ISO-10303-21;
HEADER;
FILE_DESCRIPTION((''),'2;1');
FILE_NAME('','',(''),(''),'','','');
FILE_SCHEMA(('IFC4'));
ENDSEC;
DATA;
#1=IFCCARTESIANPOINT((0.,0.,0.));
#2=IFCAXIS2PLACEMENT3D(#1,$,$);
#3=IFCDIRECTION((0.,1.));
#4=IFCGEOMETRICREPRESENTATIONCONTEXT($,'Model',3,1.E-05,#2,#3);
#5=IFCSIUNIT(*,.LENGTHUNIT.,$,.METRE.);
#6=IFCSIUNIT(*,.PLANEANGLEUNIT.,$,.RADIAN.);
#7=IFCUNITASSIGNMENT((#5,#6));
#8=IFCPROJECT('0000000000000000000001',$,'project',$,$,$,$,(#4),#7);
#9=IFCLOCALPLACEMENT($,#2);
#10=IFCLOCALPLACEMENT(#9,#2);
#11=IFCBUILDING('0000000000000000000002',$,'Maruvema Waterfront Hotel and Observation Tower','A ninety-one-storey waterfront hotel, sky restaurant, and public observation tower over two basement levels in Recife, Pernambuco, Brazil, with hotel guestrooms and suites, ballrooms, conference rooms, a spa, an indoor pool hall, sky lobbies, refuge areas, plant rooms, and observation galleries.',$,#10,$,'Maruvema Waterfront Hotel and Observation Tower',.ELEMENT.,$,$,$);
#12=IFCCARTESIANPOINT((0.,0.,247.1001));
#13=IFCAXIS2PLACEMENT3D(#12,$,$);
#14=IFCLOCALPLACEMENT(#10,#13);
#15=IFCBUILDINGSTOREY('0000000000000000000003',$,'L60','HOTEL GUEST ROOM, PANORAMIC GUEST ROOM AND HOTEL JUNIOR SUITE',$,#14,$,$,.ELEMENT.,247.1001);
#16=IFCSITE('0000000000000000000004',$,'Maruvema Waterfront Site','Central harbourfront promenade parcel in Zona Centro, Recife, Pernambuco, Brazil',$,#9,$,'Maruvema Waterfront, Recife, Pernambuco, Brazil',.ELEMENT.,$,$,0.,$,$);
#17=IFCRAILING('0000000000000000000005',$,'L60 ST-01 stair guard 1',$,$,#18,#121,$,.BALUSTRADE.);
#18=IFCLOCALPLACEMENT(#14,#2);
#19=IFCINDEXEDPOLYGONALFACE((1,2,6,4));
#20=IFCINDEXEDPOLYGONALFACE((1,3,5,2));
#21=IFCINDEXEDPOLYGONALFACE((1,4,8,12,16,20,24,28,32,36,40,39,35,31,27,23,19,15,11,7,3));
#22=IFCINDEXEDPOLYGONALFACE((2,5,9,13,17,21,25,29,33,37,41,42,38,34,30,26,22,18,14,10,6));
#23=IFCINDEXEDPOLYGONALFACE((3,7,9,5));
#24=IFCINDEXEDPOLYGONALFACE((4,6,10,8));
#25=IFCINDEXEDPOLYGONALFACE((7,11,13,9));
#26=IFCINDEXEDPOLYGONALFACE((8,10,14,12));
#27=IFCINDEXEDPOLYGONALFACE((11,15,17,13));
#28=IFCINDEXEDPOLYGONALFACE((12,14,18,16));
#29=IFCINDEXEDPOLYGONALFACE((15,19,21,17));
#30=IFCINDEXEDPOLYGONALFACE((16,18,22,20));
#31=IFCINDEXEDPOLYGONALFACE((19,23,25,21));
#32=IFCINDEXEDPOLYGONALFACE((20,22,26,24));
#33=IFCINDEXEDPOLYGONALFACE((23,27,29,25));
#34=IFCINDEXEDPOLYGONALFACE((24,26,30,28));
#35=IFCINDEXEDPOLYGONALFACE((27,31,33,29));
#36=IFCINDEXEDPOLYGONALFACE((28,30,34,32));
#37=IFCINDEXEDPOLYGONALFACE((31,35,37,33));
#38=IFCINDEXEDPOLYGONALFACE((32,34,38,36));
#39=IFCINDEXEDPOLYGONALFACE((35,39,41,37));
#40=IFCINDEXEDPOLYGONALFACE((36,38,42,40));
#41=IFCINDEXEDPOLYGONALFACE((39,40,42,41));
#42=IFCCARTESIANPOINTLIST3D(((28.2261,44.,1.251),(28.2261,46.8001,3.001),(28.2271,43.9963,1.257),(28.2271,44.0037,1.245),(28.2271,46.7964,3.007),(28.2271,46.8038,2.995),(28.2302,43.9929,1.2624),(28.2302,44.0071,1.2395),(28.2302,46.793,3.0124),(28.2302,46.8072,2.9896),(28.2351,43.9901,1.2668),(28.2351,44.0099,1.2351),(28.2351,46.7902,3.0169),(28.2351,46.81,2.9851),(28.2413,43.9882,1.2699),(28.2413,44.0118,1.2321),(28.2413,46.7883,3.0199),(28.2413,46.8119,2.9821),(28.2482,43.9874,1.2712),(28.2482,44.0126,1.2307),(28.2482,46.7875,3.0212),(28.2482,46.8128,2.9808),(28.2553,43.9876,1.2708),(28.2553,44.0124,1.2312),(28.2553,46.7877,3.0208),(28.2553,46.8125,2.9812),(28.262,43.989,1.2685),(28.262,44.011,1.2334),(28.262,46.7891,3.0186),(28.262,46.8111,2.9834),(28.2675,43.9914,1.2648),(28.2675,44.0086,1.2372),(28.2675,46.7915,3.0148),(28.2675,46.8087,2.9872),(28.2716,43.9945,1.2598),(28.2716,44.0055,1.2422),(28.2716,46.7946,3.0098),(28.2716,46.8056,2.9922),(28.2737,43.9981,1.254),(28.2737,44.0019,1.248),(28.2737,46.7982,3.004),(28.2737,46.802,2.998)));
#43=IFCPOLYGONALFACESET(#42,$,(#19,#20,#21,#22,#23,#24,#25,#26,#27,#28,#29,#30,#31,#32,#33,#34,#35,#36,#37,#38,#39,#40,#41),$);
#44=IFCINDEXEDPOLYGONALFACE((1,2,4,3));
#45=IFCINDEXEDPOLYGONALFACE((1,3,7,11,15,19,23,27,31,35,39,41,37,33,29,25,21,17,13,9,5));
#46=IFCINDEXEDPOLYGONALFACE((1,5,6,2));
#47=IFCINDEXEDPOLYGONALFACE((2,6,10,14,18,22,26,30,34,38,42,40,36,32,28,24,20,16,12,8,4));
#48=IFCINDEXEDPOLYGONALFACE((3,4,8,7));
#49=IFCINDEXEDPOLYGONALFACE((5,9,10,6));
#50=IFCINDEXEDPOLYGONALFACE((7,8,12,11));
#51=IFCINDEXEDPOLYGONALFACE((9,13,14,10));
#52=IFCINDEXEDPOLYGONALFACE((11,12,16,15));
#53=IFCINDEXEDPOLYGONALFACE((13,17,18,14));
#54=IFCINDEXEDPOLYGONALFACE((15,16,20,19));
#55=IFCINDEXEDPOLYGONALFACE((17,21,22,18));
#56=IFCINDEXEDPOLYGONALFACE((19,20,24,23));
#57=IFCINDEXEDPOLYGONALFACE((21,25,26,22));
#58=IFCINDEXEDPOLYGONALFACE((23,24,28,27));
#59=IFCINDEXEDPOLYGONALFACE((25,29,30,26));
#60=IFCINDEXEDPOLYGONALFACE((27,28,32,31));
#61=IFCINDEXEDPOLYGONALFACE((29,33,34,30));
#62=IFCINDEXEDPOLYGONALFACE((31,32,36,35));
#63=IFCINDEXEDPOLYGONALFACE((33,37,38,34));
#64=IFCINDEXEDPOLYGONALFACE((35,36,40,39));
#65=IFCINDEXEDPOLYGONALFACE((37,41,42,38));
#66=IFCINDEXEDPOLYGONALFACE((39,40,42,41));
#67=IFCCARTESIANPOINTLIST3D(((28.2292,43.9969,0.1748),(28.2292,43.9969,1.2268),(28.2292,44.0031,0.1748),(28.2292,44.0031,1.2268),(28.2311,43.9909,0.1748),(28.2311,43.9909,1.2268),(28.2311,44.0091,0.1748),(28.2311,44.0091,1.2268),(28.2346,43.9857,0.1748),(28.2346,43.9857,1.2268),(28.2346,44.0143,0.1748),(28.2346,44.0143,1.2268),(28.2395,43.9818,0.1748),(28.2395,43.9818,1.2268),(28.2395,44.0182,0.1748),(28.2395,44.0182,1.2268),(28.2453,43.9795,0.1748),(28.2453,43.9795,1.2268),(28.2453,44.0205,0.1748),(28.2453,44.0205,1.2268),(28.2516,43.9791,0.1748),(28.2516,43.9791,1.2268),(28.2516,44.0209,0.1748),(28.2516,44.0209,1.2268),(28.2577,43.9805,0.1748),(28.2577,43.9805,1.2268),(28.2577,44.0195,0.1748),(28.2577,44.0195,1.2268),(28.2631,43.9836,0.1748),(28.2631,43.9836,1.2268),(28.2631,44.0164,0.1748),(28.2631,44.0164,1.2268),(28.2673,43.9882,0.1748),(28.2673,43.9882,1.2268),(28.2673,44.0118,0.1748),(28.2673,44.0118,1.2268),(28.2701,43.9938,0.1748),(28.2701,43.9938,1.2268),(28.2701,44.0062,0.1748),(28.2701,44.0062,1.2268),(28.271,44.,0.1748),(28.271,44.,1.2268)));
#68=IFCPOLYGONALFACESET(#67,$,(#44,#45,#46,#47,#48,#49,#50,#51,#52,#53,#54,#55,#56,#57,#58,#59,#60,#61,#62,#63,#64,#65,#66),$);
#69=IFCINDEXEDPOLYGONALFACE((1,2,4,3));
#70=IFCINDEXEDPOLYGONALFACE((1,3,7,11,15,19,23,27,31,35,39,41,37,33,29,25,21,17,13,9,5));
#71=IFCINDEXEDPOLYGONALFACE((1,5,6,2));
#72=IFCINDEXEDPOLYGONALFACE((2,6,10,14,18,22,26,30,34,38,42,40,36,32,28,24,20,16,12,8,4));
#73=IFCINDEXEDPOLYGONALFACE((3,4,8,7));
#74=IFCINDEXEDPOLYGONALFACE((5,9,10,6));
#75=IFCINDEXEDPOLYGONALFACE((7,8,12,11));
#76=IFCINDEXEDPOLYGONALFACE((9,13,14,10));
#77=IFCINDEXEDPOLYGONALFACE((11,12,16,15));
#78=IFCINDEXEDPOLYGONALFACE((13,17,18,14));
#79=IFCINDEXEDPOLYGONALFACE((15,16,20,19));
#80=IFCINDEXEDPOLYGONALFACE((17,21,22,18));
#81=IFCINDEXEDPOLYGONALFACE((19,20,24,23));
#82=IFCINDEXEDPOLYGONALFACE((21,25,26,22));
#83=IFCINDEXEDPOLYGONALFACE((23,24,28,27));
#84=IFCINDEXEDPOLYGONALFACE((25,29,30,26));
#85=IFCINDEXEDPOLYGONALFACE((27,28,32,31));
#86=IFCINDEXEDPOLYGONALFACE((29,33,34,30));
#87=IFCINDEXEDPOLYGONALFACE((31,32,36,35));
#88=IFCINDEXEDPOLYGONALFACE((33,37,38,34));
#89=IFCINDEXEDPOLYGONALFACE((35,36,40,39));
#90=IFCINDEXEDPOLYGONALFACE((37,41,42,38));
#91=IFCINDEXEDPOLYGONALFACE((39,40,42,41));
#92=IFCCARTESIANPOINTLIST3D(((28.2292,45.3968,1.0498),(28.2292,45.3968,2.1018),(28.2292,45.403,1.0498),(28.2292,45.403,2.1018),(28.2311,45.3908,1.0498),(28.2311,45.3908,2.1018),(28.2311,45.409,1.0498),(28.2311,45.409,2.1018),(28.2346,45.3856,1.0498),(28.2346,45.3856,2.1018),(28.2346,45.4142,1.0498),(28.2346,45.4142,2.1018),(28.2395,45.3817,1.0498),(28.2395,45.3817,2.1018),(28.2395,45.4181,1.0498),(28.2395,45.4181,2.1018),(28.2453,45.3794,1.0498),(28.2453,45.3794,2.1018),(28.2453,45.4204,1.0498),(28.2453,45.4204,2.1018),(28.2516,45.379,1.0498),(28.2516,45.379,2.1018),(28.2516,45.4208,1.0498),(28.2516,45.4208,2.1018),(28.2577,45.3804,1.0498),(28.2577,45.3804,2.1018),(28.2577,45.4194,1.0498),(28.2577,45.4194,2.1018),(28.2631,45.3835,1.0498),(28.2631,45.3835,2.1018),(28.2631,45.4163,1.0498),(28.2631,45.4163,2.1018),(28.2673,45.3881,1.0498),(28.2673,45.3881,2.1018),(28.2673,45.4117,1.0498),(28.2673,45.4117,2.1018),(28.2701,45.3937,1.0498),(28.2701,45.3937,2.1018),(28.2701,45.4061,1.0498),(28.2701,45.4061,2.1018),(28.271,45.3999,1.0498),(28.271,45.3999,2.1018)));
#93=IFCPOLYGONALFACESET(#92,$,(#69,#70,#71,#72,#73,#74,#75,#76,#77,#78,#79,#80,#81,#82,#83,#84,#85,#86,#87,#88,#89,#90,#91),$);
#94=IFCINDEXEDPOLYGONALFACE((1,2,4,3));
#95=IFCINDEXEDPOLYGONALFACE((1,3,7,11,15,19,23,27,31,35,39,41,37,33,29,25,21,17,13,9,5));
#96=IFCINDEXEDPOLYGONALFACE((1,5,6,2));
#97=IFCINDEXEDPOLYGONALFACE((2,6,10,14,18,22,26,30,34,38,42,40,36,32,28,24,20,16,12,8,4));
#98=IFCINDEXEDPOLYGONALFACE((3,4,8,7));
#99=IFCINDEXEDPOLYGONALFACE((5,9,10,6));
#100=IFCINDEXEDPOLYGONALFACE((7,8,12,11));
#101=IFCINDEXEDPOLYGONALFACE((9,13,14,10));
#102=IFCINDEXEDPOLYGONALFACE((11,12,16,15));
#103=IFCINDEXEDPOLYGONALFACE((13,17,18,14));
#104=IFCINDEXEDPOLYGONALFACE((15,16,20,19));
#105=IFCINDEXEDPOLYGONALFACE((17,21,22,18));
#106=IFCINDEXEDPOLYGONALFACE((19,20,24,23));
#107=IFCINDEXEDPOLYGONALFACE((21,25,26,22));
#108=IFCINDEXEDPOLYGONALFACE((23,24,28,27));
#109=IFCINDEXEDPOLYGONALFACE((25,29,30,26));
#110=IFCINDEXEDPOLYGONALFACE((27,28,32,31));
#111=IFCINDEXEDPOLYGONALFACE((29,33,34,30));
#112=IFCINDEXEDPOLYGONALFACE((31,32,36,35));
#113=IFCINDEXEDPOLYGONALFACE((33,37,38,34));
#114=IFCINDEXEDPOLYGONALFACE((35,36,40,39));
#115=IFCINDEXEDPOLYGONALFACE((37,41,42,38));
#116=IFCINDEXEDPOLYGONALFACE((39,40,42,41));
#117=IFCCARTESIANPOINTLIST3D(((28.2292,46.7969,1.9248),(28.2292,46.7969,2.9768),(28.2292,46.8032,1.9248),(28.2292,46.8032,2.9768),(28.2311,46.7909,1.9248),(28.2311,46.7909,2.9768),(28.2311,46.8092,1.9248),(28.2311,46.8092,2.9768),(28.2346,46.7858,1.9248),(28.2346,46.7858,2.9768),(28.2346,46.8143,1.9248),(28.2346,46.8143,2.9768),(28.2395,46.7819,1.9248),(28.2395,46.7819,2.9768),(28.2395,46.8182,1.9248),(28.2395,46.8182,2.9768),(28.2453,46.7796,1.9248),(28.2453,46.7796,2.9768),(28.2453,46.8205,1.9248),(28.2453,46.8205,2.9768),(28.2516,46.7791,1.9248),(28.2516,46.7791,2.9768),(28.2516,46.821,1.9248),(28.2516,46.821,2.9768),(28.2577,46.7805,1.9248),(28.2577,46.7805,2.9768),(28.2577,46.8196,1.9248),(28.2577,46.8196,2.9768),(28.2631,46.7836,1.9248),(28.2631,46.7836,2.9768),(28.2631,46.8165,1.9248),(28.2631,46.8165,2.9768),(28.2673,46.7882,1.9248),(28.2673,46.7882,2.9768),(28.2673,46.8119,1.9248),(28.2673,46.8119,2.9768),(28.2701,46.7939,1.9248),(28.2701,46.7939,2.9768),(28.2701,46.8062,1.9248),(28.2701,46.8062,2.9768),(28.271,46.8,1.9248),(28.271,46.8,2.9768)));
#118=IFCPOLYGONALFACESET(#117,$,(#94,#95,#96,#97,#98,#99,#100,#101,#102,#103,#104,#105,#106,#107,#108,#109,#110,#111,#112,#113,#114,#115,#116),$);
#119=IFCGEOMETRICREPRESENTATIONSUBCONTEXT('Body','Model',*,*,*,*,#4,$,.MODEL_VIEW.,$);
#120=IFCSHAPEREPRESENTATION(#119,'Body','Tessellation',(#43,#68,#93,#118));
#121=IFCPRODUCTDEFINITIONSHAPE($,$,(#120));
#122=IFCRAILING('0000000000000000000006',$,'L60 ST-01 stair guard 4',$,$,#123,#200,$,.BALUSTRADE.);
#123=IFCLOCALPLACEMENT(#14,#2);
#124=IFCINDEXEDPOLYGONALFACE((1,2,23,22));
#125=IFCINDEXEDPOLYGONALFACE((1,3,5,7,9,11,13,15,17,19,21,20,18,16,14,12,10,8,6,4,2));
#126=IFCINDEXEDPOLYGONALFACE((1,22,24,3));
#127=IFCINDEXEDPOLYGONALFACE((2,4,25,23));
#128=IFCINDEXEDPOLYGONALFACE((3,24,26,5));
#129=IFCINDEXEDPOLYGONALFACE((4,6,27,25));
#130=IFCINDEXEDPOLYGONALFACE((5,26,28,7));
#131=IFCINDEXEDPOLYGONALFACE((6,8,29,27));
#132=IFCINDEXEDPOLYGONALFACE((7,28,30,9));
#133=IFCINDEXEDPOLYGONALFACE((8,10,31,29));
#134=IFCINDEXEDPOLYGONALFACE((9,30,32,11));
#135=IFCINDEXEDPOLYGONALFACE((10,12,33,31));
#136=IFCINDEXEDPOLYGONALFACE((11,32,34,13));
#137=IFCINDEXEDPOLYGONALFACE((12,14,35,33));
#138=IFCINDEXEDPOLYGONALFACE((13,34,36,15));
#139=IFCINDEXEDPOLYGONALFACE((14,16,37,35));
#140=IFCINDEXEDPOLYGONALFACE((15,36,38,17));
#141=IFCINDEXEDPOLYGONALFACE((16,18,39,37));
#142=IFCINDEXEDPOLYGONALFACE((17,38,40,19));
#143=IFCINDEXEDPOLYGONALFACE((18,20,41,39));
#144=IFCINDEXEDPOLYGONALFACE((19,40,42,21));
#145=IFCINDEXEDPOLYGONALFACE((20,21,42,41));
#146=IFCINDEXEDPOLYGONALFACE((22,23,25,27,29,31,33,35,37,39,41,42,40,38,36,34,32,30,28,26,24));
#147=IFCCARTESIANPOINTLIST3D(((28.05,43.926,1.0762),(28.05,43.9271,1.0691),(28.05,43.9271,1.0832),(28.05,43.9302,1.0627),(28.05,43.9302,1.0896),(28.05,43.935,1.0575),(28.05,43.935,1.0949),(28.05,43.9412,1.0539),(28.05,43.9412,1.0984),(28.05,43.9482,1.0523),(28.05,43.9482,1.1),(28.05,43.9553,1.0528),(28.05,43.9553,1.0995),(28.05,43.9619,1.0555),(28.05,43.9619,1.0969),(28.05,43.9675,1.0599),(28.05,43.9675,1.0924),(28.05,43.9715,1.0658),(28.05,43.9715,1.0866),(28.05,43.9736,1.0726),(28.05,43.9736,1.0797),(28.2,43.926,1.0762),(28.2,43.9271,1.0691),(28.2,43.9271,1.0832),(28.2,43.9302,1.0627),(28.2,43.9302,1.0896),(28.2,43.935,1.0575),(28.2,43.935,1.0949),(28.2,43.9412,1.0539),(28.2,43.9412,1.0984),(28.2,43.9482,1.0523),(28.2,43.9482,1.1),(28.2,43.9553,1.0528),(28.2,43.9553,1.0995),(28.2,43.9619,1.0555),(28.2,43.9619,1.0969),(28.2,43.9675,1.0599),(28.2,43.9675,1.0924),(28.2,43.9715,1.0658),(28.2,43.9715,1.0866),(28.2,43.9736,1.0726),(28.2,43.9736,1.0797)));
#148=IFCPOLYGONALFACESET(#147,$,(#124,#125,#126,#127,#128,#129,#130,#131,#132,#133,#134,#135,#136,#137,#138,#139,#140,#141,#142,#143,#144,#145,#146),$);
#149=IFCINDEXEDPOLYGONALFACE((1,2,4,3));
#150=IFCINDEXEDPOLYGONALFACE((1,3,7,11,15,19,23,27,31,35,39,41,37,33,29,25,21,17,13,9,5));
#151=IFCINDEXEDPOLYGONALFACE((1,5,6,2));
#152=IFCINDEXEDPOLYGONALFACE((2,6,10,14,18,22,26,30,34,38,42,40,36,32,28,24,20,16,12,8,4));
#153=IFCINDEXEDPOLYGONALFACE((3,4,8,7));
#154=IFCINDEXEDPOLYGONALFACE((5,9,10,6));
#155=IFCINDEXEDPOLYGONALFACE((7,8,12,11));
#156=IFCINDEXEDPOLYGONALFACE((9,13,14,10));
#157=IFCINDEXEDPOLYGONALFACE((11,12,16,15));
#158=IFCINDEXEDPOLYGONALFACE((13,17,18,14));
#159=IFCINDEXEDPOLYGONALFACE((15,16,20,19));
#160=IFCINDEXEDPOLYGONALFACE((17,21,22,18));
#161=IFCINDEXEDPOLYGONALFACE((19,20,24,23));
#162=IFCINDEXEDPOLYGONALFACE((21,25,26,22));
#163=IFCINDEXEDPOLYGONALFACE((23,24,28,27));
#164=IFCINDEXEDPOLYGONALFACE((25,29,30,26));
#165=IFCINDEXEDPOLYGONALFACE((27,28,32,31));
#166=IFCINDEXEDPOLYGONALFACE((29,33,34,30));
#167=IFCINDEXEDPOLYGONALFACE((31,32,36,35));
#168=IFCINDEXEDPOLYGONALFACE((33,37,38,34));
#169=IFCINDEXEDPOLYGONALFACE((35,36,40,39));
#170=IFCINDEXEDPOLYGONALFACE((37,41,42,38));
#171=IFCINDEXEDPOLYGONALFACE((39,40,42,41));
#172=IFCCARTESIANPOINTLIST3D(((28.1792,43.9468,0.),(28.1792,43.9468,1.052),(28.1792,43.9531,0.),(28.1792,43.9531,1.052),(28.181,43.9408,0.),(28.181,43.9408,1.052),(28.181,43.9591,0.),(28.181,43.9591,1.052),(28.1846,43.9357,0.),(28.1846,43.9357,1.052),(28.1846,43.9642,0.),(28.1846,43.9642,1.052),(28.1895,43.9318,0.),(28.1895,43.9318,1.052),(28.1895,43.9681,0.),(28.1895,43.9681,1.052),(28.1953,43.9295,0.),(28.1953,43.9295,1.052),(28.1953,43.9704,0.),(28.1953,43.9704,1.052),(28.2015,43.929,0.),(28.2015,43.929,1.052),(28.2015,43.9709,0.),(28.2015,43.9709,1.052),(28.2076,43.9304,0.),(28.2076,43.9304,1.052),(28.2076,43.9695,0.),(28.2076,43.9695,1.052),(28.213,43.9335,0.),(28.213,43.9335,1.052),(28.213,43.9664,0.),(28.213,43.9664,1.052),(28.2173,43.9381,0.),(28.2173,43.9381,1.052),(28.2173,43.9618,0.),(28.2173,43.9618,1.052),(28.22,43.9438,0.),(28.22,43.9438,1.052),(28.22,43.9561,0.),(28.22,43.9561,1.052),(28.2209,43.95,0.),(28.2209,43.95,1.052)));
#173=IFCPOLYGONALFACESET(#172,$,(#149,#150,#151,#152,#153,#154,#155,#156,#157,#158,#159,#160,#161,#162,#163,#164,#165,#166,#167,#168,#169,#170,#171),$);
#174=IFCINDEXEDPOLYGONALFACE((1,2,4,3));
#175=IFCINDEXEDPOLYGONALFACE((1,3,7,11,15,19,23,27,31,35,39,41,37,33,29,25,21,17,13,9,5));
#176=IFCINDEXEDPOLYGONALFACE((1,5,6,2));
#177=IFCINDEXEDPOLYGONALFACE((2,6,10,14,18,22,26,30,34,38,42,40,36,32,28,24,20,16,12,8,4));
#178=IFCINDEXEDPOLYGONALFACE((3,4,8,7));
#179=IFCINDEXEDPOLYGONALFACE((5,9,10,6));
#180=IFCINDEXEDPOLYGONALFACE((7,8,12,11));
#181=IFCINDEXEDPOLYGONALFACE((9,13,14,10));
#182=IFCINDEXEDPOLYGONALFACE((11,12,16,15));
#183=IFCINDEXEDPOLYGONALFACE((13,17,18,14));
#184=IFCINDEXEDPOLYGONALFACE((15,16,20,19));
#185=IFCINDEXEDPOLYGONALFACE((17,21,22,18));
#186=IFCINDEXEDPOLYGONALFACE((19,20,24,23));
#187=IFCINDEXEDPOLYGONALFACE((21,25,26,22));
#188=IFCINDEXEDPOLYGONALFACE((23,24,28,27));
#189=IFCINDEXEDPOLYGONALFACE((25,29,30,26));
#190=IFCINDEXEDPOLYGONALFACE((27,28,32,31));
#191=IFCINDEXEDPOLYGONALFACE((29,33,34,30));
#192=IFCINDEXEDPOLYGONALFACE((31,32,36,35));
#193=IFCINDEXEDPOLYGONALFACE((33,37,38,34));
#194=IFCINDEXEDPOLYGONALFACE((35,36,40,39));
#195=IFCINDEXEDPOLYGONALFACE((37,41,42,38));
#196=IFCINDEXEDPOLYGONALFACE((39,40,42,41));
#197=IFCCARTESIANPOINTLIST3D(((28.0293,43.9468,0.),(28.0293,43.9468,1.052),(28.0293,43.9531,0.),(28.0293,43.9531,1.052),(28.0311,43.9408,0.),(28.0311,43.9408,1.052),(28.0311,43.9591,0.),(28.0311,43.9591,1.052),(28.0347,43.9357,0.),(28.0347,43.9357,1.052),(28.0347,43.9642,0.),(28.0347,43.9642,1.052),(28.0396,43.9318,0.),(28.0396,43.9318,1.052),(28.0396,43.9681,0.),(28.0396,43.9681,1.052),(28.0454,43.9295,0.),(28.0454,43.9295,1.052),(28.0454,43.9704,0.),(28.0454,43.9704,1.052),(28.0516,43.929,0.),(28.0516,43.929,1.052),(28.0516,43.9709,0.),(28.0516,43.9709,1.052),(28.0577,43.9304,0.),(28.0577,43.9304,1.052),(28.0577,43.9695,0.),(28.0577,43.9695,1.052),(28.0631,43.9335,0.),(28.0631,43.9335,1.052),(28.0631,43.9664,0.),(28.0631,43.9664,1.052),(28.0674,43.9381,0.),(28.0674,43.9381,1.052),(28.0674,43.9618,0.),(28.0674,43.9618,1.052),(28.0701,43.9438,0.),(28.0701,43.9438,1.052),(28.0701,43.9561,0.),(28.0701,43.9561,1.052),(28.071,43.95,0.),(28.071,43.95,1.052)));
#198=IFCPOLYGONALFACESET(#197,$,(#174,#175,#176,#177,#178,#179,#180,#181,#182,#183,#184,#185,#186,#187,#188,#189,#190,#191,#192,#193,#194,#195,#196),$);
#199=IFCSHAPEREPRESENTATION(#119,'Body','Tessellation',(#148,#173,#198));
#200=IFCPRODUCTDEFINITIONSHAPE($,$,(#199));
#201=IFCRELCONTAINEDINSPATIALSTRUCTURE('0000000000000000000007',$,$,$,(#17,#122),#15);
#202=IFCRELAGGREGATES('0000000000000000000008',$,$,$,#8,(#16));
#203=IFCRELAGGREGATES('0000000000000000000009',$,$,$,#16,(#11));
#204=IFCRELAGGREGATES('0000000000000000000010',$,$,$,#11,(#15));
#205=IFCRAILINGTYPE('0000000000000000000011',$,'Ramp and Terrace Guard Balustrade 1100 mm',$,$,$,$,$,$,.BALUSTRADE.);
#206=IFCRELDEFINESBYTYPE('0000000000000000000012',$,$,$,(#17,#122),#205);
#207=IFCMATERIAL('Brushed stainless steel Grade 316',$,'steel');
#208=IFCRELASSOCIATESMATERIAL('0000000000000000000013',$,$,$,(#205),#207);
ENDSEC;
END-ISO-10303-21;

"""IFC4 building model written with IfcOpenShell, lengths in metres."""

from ifc_helpers import new_model, si_unit, direction, frame, origin, origin_2d, place, context, subcontext, project, spatial, circle, extrude, material, type_object, element, save


model = new_model("IFC4")

# Units and contexts
model_context = context("Model", 3, precision=1e-05, world=origin(), true_north=direction((0.0, 1.0)))
body_context = subcontext(model_context, "Body", "Model", "MODEL_VIEW")
ifc_project = project(units=[si_unit("LENGTHUNIT", "METRE"), si_unit("PLANEANGLEUNIT", "RADIAN")], contexts=[model_context])

# Site, building, storey
site_placement = place(None, origin())
site = spatial("IfcSite", under=ifc_project, at=site_placement, Name="Maruvema Waterfront Site", Description="Central harbourfront promenade parcel in Zona Centro, Recife, Pernambuco, Brazil", LongName="Maruvema Waterfront, Recife, Pernambuco, Brazil", CompositionType="ELEMENT", RefElevation=0.0)
building_placement = place(site_placement, origin())
building = spatial("IfcBuilding", under=site, at=building_placement, Name="Maruvema Waterfront Hotel and Observation Tower", Description="A ninety-one-storey waterfront hotel, sky restaurant, and public observation tower over two basement levels in Recife, Pernambuco, Brazil, with hotel guestrooms and suites, ballrooms, conference rooms, a spa, an indoor pool hall, sky lobbies, refuge areas, plant rooms, and observation galleries.", LongName="Maruvema Waterfront Hotel and Observation Tower", CompositionType="ELEMENT")
storey_placement = place(building_placement, frame((0.0, 0.0, 247.1001)))
storey = spatial("IfcBuildingStorey", under=building, at=storey_placement, Name="L60", Description="HOTEL GUEST ROOM, PANORAMIC GUEST ROOM AND HOTEL JUNIOR SUITE", CompositionType="ELEMENT", Elevation=247.1001)

# Railings
ifc_material_1 = material(Name="Brushed stainless steel Grade 316", Category="steel")
railing_type_1 = type_object("IfcRailingType", Name="Ramp and Terrace Guard Balustrade 1100 mm", PredefinedType="BALUSTRADE", material=ifc_material_1)
railing_1_placement = place(storey_placement, frame((28.25, 44.0, 0.1748)))
element("IfcRailing", 1, at=railing_1_placement, inside=storey, type_object=railing_type_1, Name="L60 ST-01 stair guard 1", PredefinedType="BALUSTRADE", context=body_context, shape_type="SweptSolid", body=[
    extrude(circle(Radius=0.0239, at=origin_2d()), frame((0.0, 0.0, 1.0762), z_axis=(0.0, 0.848002, 0.529992), x_axis=(-1.0, 0.0, 0.0)), (0.0, 0.0, 1.0), 3.302),
    extrude(circle(Radius=0.021, at=origin_2d()), origin(), (0.0, 0.0, 1.0), 1.052),
    extrude(circle(Radius=0.021, at=origin_2d()), frame((0.0, 1.3999, 0.875)), (0.0, 0.0, 1.0), 1.052),
    extrude(circle(Radius=0.021, at=origin_2d()), frame((0.0, 2.8, 1.75)), (0.0, 0.0, 1.0), 1.052),
])
railing_2_placement = place(storey_placement, frame((28.2, 43.95, 0.0)))
element("IfcRailing", 2, at=railing_2_placement, inside=storey, type_object=railing_type_1, Name="L60 ST-01 stair guard 4", PredefinedType="BALUSTRADE", context=body_context, shape_type="SweptSolid", body=[
    extrude(circle(Radius=0.0239, at=origin_2d()), frame((0.0, 0.0, 1.0762), z_axis=(-1.0, 0.0, 0.0), x_axis=(0.0, -1.0, 0.0)), (0.0, 0.0, 1.0), 0.1499),
    extrude(circle(Radius=0.021, at=origin_2d()), origin(), (0.0, 0.0, 1.0), 1.052),
    extrude(circle(Radius=0.021, at=origin_2d()), frame((-0.1499, 0.0, 0.0)), (0.0, 0.0, 1.0), 1.052),
])

save(model, "model.ifc")
